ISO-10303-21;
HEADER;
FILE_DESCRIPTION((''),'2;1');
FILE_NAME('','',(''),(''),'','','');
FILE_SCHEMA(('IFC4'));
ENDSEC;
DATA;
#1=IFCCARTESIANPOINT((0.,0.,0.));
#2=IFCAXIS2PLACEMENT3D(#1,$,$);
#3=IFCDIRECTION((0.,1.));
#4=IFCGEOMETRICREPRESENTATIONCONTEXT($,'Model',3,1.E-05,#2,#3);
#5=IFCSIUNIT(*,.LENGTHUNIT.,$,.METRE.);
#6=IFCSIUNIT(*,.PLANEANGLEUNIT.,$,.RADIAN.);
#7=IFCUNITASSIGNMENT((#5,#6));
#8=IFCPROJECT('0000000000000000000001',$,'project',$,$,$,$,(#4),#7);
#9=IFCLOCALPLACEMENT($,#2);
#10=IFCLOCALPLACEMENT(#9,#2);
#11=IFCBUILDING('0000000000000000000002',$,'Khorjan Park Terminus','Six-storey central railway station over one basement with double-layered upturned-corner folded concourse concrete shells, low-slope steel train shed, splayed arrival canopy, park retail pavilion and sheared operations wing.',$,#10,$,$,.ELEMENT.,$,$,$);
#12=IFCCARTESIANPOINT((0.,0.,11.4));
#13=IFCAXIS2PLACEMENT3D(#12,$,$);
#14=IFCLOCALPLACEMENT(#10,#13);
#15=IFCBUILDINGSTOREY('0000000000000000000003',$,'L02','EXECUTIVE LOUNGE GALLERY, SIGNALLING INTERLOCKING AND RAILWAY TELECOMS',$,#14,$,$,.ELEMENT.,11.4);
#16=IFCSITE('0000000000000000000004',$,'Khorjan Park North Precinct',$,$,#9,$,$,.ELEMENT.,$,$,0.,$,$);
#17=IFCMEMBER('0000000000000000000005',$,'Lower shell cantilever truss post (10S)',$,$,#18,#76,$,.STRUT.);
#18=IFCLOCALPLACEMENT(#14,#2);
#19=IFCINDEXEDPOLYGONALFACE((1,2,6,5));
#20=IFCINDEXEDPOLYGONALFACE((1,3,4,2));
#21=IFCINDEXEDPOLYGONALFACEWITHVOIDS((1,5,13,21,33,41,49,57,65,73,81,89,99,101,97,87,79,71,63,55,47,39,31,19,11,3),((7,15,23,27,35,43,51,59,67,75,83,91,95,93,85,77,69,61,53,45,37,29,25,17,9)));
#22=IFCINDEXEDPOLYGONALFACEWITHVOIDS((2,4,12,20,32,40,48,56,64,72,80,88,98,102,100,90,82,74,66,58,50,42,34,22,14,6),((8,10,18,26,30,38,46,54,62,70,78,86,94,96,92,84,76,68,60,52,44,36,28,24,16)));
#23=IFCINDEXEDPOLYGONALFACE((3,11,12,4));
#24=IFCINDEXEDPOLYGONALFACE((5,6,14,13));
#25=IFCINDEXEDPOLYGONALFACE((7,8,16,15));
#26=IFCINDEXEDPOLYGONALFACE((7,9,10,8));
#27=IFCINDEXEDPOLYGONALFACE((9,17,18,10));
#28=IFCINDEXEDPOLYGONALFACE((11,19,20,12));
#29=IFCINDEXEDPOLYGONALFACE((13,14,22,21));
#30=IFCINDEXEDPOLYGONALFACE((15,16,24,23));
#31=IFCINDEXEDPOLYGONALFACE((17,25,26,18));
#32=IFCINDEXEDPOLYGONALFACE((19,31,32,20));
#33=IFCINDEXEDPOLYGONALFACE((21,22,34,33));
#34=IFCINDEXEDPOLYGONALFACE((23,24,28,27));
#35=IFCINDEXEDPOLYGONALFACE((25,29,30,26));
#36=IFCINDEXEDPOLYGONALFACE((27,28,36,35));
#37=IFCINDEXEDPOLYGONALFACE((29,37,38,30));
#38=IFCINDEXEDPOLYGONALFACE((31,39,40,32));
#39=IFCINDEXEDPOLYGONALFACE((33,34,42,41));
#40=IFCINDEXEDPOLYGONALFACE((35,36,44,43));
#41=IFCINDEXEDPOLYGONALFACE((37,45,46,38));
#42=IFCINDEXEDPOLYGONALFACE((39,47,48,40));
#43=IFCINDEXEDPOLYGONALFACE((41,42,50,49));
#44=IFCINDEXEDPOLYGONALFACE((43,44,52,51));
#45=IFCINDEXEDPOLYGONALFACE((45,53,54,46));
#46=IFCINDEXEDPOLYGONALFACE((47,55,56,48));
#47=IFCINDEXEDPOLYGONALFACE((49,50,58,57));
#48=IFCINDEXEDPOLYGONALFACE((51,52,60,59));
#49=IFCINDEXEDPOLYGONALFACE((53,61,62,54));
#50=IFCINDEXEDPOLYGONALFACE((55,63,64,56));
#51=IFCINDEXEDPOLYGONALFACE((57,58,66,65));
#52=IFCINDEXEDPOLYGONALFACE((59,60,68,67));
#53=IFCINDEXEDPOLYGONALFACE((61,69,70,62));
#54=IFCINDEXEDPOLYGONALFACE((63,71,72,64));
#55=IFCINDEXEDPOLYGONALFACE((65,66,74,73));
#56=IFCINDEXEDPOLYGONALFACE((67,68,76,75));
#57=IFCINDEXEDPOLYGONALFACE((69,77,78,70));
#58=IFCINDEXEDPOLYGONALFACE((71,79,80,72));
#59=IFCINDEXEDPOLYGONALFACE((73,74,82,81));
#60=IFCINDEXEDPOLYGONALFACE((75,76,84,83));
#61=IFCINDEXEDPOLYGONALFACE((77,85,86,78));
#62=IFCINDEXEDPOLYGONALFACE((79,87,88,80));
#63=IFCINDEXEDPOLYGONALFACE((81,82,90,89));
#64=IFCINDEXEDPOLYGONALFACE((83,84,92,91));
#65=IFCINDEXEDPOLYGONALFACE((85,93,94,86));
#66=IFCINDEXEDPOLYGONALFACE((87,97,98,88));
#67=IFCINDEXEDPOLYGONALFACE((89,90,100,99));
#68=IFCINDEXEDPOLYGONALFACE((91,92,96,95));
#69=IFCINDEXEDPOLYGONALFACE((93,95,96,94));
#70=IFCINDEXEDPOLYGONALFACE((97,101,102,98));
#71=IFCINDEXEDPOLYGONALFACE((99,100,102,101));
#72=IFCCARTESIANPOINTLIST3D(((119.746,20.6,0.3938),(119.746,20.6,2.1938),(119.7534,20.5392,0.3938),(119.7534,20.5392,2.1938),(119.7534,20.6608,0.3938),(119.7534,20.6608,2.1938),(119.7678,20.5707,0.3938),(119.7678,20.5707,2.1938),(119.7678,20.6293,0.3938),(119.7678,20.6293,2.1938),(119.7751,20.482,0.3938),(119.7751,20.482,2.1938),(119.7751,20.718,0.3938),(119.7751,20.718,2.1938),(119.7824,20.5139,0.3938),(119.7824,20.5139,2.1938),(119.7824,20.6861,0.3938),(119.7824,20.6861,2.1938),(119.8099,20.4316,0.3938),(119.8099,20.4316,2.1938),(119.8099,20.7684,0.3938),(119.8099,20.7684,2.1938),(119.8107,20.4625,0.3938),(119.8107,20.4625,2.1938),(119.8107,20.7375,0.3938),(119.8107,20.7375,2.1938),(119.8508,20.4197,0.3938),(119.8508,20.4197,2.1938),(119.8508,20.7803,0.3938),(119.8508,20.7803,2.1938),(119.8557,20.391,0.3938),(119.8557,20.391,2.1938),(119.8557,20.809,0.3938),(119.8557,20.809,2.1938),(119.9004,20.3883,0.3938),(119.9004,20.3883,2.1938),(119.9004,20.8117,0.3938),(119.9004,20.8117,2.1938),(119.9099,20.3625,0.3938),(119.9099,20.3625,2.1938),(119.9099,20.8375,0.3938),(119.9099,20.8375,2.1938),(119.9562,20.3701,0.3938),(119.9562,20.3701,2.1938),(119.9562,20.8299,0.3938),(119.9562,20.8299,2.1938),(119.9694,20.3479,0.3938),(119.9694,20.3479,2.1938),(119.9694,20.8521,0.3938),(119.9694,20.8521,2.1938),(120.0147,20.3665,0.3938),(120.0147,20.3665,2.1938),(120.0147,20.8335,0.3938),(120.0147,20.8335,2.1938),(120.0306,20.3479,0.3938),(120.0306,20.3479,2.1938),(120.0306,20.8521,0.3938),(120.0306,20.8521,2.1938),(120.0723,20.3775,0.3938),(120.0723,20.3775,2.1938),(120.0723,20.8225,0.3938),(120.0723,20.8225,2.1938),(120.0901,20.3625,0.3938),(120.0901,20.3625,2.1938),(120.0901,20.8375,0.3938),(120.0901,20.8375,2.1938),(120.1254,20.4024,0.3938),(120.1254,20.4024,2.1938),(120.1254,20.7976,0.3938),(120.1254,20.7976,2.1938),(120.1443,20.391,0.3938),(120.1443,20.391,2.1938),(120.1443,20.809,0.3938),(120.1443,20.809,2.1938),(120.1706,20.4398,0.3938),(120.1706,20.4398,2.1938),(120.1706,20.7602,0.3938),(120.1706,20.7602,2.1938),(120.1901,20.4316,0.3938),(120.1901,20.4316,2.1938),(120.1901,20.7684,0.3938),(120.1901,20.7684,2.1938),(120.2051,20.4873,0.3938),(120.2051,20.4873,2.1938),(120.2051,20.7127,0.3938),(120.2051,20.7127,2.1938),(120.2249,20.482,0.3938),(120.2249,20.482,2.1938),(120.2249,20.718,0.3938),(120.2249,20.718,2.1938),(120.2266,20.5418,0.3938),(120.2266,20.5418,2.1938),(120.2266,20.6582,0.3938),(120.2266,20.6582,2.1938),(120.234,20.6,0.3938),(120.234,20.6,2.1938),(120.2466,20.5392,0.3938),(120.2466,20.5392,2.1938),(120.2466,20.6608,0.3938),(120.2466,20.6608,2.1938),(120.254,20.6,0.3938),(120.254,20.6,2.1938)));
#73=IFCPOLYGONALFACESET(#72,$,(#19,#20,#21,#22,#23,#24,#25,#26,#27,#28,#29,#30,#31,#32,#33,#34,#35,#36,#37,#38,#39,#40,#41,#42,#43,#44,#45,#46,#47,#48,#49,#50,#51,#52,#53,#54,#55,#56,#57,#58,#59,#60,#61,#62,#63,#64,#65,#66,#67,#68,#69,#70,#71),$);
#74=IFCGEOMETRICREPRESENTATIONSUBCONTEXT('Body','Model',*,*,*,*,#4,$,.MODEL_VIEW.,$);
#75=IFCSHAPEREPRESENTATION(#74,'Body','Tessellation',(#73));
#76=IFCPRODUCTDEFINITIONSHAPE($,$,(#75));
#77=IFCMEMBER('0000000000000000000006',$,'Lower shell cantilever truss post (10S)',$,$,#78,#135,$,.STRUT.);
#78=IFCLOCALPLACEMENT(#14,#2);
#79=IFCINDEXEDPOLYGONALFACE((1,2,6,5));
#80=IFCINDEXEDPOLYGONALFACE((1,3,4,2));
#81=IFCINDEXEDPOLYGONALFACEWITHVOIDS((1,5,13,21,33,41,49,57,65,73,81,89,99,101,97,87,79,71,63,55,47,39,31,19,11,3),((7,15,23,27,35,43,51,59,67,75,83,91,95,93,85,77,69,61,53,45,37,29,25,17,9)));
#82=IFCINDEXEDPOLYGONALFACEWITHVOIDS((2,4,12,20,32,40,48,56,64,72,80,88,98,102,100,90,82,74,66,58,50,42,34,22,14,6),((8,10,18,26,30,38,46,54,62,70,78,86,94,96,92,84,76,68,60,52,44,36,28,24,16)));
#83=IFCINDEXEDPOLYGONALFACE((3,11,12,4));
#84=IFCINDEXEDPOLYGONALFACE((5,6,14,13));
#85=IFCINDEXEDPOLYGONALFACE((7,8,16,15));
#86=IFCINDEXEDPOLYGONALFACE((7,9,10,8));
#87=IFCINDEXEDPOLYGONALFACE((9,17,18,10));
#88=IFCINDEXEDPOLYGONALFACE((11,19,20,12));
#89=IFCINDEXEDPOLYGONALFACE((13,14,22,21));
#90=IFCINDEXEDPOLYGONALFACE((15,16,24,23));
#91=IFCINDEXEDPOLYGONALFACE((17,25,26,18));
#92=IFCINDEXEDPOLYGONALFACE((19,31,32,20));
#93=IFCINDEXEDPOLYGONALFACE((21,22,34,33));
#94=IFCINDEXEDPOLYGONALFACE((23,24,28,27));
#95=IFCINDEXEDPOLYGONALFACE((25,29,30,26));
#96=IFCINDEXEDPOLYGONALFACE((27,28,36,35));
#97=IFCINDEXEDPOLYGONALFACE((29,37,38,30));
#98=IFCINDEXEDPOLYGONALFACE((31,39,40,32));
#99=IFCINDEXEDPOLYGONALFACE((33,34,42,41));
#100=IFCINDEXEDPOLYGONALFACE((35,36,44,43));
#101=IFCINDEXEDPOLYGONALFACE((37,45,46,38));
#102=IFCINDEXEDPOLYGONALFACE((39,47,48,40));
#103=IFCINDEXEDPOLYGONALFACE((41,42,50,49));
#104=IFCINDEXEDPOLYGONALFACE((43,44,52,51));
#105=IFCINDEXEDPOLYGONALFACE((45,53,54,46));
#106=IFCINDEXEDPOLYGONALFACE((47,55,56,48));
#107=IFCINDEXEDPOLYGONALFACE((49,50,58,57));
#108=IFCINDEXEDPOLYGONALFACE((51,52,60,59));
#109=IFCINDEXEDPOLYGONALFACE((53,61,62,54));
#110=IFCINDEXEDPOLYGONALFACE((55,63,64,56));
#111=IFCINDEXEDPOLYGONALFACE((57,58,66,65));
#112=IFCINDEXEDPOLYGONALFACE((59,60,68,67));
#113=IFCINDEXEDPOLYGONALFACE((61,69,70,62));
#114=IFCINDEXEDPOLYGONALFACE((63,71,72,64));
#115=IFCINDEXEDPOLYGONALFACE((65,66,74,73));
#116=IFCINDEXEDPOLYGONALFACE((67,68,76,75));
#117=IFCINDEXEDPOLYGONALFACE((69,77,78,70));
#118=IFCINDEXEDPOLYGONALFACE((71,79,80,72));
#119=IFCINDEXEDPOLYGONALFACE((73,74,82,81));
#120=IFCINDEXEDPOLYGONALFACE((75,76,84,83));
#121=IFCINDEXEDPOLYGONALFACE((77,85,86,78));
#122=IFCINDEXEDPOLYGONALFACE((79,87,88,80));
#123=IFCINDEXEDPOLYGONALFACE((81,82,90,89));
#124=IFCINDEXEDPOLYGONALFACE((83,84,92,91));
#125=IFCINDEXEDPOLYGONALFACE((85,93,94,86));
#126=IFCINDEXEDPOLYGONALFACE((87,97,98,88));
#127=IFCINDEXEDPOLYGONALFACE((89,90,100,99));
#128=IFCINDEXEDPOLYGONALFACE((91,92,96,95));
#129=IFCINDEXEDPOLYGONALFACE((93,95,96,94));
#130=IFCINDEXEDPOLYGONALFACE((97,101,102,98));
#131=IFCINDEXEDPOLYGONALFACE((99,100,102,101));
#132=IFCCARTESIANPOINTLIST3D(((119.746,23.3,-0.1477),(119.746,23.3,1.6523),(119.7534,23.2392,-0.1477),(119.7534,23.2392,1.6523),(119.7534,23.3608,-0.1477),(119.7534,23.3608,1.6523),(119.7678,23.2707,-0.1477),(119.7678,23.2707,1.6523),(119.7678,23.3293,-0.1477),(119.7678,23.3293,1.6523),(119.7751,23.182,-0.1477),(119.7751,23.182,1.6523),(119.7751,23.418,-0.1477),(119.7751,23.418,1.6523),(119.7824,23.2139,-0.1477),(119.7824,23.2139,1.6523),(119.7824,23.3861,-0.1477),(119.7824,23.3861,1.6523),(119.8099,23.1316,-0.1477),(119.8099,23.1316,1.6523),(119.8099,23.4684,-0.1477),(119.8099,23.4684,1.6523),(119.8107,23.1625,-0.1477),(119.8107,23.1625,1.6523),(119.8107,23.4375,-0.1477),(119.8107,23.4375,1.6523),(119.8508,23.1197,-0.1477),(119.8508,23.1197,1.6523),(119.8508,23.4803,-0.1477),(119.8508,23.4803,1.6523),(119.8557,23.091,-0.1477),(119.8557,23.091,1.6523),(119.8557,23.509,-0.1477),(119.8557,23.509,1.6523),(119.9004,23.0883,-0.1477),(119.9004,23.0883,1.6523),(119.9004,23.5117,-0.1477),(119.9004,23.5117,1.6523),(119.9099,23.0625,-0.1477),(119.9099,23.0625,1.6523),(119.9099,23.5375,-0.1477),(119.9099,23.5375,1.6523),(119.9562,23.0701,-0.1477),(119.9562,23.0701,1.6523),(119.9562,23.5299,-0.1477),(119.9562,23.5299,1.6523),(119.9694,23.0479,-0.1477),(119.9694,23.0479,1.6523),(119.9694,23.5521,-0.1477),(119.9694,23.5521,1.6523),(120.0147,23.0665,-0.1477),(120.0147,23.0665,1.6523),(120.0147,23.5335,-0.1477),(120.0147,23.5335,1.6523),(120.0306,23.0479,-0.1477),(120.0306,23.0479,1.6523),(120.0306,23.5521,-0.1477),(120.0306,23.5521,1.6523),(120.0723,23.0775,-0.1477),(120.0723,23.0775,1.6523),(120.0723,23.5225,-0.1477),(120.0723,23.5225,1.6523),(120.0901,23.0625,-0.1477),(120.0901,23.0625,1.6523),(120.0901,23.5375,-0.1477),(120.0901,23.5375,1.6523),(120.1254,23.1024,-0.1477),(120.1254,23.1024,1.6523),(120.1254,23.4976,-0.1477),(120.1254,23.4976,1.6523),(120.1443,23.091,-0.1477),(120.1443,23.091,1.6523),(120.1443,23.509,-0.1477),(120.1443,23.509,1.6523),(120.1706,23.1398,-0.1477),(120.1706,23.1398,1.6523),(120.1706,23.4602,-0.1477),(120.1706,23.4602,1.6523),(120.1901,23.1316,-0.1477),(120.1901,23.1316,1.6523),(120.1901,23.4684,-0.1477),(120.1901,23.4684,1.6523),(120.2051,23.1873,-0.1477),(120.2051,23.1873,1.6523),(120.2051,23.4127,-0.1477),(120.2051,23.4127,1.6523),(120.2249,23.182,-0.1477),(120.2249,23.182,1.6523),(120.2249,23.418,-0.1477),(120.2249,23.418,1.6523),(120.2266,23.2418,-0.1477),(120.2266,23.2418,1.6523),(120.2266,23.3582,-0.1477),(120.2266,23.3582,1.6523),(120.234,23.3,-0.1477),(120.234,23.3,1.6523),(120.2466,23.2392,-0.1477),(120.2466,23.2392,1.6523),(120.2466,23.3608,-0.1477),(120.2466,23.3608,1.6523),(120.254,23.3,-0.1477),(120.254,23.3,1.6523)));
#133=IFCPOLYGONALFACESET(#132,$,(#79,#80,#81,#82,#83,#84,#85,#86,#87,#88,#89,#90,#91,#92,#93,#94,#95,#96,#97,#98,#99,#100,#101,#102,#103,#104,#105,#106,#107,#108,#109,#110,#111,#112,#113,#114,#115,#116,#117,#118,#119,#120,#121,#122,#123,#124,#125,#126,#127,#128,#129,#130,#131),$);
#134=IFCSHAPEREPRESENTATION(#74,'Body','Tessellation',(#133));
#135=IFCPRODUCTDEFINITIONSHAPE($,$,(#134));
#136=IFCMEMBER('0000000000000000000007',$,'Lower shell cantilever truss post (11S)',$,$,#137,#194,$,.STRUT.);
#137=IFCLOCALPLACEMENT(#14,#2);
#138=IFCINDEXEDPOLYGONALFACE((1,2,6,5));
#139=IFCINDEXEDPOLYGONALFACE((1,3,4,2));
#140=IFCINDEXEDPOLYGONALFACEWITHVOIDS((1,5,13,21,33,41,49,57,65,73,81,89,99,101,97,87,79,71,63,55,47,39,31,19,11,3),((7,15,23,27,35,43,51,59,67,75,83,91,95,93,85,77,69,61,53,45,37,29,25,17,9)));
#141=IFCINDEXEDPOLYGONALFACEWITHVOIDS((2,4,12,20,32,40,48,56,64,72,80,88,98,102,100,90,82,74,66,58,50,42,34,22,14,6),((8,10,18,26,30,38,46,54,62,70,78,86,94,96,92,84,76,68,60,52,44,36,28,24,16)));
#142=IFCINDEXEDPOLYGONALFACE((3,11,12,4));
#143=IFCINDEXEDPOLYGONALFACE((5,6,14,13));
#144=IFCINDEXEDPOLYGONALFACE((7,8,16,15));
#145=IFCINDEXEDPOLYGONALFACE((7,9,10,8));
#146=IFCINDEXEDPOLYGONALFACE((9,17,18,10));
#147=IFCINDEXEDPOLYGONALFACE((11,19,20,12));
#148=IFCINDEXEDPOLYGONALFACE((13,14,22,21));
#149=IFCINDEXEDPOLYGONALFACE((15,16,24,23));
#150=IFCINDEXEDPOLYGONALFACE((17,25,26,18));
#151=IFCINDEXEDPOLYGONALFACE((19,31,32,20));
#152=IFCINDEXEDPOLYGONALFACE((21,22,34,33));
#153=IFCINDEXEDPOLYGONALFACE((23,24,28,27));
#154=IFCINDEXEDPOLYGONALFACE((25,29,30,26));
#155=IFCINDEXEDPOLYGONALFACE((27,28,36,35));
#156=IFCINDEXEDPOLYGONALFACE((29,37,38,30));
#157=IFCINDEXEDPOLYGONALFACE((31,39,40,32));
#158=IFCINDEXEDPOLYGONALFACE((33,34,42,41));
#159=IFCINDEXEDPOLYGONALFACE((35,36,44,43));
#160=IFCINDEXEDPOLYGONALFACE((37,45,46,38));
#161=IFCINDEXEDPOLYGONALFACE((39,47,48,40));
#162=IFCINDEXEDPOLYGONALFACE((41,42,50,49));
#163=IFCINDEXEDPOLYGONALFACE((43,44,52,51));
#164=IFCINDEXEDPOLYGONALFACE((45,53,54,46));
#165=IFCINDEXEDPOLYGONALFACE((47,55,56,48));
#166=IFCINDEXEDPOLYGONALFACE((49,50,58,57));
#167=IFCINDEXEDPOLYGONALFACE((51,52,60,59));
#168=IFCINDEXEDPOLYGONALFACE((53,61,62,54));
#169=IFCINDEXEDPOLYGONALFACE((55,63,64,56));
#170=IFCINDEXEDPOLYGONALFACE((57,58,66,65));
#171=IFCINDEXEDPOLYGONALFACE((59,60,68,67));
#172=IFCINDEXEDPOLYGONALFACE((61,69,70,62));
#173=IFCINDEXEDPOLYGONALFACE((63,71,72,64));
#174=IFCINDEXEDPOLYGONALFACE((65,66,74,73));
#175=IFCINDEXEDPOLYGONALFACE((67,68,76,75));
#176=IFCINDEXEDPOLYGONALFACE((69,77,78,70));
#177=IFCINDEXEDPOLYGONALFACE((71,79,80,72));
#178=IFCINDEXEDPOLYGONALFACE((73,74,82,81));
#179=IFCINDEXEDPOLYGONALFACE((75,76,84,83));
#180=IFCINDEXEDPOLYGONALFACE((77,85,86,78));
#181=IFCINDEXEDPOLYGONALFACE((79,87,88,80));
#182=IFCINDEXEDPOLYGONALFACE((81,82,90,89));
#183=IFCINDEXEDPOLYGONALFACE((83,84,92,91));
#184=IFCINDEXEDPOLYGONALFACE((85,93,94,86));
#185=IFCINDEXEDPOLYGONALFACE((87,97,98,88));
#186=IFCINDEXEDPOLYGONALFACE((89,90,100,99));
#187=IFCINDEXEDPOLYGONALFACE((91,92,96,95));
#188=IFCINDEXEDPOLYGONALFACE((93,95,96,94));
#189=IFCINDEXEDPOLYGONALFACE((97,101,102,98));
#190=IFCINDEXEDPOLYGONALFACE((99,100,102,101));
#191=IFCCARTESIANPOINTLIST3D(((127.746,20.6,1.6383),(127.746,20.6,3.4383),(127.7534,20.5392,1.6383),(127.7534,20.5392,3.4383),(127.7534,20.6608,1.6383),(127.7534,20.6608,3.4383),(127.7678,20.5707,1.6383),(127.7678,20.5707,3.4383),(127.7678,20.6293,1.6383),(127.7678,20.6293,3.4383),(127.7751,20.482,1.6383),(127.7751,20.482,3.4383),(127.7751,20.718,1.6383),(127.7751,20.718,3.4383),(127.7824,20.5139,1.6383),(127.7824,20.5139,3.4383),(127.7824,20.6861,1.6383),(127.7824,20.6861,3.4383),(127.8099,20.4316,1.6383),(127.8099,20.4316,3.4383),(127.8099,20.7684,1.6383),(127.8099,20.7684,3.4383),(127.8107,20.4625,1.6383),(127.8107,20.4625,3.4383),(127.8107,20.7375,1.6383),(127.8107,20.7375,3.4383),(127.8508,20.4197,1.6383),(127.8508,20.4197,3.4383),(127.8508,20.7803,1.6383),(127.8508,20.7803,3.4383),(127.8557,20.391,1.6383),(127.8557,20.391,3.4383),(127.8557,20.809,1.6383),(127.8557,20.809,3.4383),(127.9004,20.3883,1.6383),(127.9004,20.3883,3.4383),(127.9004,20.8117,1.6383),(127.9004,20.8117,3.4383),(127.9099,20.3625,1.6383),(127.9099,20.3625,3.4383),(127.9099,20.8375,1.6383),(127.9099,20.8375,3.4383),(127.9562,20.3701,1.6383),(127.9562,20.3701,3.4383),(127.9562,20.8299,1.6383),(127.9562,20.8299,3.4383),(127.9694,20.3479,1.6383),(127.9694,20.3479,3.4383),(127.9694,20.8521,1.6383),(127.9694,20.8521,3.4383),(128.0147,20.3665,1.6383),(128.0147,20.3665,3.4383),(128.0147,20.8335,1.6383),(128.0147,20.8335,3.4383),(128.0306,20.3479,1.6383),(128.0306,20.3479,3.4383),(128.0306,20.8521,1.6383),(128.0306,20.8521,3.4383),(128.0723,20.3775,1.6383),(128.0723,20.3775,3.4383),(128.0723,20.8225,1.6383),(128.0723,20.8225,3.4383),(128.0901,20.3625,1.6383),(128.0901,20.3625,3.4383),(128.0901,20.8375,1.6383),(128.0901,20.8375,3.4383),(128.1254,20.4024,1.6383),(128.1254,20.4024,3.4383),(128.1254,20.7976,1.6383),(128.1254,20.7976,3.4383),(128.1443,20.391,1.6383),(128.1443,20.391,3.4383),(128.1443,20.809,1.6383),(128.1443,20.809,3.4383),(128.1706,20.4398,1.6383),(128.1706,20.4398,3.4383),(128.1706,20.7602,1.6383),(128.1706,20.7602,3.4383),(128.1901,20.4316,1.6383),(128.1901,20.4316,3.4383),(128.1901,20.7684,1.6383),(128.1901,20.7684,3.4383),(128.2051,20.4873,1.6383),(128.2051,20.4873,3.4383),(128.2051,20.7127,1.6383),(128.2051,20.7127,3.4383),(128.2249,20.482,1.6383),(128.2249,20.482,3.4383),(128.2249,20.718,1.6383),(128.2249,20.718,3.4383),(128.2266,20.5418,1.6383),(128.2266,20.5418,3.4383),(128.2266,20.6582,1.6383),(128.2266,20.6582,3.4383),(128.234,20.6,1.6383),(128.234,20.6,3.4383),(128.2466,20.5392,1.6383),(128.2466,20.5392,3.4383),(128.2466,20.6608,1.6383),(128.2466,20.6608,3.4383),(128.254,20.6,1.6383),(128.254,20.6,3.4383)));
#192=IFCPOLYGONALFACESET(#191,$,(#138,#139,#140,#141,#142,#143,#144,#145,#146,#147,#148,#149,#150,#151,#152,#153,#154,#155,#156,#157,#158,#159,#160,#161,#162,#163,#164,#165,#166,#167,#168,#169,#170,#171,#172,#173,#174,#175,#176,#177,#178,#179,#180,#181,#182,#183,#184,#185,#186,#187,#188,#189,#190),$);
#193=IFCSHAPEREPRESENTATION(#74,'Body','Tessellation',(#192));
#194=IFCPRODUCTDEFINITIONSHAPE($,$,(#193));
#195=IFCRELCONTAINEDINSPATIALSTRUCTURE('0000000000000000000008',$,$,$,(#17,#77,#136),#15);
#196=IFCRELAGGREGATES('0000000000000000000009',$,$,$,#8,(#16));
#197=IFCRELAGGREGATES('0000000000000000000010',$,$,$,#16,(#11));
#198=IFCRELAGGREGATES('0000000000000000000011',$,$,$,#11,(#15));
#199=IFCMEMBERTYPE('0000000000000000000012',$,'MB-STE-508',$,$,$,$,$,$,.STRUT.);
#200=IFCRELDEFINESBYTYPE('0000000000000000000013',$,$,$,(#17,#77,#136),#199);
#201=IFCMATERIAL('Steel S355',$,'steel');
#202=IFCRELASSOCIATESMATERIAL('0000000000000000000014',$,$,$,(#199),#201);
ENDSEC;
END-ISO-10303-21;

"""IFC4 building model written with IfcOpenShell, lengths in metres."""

from ifc_helpers import new_model, si_unit, direction, frame, origin, origin_2d, place, context, subcontext, project, spatial, hollow_circle, extrude, material, material_profile, profile_set, type_object, element, save


model = new_model("IFC4")

# Units and contexts
model_context = context("Model", 3, precision=1e-05, world=origin(), true_north=direction((0.0, 1.0)))
body_context = subcontext(model_context, "Body", "Model", "MODEL_VIEW")
ifc_project = project(units=[si_unit("LENGTHUNIT", "METRE"), si_unit("PLANEANGLEUNIT", "RADIAN")], contexts=[model_context])

# Site, building, storey
site_placement = place(None, origin())
site = spatial("IfcSite", under=ifc_project, at=site_placement, Name="Khorjan Park North Precinct", CompositionType="ELEMENT", RefElevation=0.0)
building_placement = place(site_placement, origin())
building = spatial("IfcBuilding", under=site, at=building_placement, Name="Khorjan Park Terminus", Description="Six-storey central railway station over one basement with double-layered upturned-corner folded concourse concrete shells, low-slope steel train shed, splayed arrival canopy, park retail pavilion and sheared operations wing.", CompositionType="ELEMENT")
storey_placement = place(building_placement, frame((0.0, 0.0, 11.4)))
storey = spatial("IfcBuildingStorey", under=building, at=storey_placement, Name="L02", Description="EXECUTIVE LOUNGE GALLERY, SIGNALLING INTERLOCKING AND RAILWAY TELECOMS", CompositionType="ELEMENT", Elevation=11.4)

# Members
ifc_material_1 = material(Name="Steel S355", Category="steel")
ifc_material_profile_1 = material_profile(ifc_material_1, hollow_circle(Radius=0.254, WallThickness=0.02, at=origin_2d()), Name="CHS 508x20")
ifc_profile_set_1 = profile_set([ifc_material_profile_1], Name="Steel S355")
member_type_1 = type_object("IfcMemberType", Name="MB-STE-508", PredefinedType="STRUT", material=ifc_profile_set_1)
for number, where, z_axis, x_axis, name in (
    (1, (120.0, 20.6, 0.3938), (0.0, 0.0, 1.0), (1.0, 0.0, 0.0), "Lower shell cantilever truss post (10S)"),
    (2, (120.0, 23.3, -0.1477), (0.0, 0.0, 1.0), (1.0, 0.0, 0.0), "Lower shell cantilever truss post (10S)"),
    (3, (128.0, 20.6, 1.6383), (0.0, 0.0, 1.0), (1.0, 0.0, 0.0), "Lower shell cantilever truss post (11S)"),
):
    element("IfcMember", number, at=place(storey_placement, frame(where, z_axis=z_axis, x_axis=x_axis)), inside=storey, type_object=member_type_1, Name=name, PredefinedType="STRUT", context=body_context, shape_type="SweptSolid", body=[
        extrude(hollow_circle(Radius=0.254, WallThickness=0.02, at=origin_2d()), origin(), (0.0, 0.0, 1.0), 1.8),
    ])

save(model, "model.ifc")
